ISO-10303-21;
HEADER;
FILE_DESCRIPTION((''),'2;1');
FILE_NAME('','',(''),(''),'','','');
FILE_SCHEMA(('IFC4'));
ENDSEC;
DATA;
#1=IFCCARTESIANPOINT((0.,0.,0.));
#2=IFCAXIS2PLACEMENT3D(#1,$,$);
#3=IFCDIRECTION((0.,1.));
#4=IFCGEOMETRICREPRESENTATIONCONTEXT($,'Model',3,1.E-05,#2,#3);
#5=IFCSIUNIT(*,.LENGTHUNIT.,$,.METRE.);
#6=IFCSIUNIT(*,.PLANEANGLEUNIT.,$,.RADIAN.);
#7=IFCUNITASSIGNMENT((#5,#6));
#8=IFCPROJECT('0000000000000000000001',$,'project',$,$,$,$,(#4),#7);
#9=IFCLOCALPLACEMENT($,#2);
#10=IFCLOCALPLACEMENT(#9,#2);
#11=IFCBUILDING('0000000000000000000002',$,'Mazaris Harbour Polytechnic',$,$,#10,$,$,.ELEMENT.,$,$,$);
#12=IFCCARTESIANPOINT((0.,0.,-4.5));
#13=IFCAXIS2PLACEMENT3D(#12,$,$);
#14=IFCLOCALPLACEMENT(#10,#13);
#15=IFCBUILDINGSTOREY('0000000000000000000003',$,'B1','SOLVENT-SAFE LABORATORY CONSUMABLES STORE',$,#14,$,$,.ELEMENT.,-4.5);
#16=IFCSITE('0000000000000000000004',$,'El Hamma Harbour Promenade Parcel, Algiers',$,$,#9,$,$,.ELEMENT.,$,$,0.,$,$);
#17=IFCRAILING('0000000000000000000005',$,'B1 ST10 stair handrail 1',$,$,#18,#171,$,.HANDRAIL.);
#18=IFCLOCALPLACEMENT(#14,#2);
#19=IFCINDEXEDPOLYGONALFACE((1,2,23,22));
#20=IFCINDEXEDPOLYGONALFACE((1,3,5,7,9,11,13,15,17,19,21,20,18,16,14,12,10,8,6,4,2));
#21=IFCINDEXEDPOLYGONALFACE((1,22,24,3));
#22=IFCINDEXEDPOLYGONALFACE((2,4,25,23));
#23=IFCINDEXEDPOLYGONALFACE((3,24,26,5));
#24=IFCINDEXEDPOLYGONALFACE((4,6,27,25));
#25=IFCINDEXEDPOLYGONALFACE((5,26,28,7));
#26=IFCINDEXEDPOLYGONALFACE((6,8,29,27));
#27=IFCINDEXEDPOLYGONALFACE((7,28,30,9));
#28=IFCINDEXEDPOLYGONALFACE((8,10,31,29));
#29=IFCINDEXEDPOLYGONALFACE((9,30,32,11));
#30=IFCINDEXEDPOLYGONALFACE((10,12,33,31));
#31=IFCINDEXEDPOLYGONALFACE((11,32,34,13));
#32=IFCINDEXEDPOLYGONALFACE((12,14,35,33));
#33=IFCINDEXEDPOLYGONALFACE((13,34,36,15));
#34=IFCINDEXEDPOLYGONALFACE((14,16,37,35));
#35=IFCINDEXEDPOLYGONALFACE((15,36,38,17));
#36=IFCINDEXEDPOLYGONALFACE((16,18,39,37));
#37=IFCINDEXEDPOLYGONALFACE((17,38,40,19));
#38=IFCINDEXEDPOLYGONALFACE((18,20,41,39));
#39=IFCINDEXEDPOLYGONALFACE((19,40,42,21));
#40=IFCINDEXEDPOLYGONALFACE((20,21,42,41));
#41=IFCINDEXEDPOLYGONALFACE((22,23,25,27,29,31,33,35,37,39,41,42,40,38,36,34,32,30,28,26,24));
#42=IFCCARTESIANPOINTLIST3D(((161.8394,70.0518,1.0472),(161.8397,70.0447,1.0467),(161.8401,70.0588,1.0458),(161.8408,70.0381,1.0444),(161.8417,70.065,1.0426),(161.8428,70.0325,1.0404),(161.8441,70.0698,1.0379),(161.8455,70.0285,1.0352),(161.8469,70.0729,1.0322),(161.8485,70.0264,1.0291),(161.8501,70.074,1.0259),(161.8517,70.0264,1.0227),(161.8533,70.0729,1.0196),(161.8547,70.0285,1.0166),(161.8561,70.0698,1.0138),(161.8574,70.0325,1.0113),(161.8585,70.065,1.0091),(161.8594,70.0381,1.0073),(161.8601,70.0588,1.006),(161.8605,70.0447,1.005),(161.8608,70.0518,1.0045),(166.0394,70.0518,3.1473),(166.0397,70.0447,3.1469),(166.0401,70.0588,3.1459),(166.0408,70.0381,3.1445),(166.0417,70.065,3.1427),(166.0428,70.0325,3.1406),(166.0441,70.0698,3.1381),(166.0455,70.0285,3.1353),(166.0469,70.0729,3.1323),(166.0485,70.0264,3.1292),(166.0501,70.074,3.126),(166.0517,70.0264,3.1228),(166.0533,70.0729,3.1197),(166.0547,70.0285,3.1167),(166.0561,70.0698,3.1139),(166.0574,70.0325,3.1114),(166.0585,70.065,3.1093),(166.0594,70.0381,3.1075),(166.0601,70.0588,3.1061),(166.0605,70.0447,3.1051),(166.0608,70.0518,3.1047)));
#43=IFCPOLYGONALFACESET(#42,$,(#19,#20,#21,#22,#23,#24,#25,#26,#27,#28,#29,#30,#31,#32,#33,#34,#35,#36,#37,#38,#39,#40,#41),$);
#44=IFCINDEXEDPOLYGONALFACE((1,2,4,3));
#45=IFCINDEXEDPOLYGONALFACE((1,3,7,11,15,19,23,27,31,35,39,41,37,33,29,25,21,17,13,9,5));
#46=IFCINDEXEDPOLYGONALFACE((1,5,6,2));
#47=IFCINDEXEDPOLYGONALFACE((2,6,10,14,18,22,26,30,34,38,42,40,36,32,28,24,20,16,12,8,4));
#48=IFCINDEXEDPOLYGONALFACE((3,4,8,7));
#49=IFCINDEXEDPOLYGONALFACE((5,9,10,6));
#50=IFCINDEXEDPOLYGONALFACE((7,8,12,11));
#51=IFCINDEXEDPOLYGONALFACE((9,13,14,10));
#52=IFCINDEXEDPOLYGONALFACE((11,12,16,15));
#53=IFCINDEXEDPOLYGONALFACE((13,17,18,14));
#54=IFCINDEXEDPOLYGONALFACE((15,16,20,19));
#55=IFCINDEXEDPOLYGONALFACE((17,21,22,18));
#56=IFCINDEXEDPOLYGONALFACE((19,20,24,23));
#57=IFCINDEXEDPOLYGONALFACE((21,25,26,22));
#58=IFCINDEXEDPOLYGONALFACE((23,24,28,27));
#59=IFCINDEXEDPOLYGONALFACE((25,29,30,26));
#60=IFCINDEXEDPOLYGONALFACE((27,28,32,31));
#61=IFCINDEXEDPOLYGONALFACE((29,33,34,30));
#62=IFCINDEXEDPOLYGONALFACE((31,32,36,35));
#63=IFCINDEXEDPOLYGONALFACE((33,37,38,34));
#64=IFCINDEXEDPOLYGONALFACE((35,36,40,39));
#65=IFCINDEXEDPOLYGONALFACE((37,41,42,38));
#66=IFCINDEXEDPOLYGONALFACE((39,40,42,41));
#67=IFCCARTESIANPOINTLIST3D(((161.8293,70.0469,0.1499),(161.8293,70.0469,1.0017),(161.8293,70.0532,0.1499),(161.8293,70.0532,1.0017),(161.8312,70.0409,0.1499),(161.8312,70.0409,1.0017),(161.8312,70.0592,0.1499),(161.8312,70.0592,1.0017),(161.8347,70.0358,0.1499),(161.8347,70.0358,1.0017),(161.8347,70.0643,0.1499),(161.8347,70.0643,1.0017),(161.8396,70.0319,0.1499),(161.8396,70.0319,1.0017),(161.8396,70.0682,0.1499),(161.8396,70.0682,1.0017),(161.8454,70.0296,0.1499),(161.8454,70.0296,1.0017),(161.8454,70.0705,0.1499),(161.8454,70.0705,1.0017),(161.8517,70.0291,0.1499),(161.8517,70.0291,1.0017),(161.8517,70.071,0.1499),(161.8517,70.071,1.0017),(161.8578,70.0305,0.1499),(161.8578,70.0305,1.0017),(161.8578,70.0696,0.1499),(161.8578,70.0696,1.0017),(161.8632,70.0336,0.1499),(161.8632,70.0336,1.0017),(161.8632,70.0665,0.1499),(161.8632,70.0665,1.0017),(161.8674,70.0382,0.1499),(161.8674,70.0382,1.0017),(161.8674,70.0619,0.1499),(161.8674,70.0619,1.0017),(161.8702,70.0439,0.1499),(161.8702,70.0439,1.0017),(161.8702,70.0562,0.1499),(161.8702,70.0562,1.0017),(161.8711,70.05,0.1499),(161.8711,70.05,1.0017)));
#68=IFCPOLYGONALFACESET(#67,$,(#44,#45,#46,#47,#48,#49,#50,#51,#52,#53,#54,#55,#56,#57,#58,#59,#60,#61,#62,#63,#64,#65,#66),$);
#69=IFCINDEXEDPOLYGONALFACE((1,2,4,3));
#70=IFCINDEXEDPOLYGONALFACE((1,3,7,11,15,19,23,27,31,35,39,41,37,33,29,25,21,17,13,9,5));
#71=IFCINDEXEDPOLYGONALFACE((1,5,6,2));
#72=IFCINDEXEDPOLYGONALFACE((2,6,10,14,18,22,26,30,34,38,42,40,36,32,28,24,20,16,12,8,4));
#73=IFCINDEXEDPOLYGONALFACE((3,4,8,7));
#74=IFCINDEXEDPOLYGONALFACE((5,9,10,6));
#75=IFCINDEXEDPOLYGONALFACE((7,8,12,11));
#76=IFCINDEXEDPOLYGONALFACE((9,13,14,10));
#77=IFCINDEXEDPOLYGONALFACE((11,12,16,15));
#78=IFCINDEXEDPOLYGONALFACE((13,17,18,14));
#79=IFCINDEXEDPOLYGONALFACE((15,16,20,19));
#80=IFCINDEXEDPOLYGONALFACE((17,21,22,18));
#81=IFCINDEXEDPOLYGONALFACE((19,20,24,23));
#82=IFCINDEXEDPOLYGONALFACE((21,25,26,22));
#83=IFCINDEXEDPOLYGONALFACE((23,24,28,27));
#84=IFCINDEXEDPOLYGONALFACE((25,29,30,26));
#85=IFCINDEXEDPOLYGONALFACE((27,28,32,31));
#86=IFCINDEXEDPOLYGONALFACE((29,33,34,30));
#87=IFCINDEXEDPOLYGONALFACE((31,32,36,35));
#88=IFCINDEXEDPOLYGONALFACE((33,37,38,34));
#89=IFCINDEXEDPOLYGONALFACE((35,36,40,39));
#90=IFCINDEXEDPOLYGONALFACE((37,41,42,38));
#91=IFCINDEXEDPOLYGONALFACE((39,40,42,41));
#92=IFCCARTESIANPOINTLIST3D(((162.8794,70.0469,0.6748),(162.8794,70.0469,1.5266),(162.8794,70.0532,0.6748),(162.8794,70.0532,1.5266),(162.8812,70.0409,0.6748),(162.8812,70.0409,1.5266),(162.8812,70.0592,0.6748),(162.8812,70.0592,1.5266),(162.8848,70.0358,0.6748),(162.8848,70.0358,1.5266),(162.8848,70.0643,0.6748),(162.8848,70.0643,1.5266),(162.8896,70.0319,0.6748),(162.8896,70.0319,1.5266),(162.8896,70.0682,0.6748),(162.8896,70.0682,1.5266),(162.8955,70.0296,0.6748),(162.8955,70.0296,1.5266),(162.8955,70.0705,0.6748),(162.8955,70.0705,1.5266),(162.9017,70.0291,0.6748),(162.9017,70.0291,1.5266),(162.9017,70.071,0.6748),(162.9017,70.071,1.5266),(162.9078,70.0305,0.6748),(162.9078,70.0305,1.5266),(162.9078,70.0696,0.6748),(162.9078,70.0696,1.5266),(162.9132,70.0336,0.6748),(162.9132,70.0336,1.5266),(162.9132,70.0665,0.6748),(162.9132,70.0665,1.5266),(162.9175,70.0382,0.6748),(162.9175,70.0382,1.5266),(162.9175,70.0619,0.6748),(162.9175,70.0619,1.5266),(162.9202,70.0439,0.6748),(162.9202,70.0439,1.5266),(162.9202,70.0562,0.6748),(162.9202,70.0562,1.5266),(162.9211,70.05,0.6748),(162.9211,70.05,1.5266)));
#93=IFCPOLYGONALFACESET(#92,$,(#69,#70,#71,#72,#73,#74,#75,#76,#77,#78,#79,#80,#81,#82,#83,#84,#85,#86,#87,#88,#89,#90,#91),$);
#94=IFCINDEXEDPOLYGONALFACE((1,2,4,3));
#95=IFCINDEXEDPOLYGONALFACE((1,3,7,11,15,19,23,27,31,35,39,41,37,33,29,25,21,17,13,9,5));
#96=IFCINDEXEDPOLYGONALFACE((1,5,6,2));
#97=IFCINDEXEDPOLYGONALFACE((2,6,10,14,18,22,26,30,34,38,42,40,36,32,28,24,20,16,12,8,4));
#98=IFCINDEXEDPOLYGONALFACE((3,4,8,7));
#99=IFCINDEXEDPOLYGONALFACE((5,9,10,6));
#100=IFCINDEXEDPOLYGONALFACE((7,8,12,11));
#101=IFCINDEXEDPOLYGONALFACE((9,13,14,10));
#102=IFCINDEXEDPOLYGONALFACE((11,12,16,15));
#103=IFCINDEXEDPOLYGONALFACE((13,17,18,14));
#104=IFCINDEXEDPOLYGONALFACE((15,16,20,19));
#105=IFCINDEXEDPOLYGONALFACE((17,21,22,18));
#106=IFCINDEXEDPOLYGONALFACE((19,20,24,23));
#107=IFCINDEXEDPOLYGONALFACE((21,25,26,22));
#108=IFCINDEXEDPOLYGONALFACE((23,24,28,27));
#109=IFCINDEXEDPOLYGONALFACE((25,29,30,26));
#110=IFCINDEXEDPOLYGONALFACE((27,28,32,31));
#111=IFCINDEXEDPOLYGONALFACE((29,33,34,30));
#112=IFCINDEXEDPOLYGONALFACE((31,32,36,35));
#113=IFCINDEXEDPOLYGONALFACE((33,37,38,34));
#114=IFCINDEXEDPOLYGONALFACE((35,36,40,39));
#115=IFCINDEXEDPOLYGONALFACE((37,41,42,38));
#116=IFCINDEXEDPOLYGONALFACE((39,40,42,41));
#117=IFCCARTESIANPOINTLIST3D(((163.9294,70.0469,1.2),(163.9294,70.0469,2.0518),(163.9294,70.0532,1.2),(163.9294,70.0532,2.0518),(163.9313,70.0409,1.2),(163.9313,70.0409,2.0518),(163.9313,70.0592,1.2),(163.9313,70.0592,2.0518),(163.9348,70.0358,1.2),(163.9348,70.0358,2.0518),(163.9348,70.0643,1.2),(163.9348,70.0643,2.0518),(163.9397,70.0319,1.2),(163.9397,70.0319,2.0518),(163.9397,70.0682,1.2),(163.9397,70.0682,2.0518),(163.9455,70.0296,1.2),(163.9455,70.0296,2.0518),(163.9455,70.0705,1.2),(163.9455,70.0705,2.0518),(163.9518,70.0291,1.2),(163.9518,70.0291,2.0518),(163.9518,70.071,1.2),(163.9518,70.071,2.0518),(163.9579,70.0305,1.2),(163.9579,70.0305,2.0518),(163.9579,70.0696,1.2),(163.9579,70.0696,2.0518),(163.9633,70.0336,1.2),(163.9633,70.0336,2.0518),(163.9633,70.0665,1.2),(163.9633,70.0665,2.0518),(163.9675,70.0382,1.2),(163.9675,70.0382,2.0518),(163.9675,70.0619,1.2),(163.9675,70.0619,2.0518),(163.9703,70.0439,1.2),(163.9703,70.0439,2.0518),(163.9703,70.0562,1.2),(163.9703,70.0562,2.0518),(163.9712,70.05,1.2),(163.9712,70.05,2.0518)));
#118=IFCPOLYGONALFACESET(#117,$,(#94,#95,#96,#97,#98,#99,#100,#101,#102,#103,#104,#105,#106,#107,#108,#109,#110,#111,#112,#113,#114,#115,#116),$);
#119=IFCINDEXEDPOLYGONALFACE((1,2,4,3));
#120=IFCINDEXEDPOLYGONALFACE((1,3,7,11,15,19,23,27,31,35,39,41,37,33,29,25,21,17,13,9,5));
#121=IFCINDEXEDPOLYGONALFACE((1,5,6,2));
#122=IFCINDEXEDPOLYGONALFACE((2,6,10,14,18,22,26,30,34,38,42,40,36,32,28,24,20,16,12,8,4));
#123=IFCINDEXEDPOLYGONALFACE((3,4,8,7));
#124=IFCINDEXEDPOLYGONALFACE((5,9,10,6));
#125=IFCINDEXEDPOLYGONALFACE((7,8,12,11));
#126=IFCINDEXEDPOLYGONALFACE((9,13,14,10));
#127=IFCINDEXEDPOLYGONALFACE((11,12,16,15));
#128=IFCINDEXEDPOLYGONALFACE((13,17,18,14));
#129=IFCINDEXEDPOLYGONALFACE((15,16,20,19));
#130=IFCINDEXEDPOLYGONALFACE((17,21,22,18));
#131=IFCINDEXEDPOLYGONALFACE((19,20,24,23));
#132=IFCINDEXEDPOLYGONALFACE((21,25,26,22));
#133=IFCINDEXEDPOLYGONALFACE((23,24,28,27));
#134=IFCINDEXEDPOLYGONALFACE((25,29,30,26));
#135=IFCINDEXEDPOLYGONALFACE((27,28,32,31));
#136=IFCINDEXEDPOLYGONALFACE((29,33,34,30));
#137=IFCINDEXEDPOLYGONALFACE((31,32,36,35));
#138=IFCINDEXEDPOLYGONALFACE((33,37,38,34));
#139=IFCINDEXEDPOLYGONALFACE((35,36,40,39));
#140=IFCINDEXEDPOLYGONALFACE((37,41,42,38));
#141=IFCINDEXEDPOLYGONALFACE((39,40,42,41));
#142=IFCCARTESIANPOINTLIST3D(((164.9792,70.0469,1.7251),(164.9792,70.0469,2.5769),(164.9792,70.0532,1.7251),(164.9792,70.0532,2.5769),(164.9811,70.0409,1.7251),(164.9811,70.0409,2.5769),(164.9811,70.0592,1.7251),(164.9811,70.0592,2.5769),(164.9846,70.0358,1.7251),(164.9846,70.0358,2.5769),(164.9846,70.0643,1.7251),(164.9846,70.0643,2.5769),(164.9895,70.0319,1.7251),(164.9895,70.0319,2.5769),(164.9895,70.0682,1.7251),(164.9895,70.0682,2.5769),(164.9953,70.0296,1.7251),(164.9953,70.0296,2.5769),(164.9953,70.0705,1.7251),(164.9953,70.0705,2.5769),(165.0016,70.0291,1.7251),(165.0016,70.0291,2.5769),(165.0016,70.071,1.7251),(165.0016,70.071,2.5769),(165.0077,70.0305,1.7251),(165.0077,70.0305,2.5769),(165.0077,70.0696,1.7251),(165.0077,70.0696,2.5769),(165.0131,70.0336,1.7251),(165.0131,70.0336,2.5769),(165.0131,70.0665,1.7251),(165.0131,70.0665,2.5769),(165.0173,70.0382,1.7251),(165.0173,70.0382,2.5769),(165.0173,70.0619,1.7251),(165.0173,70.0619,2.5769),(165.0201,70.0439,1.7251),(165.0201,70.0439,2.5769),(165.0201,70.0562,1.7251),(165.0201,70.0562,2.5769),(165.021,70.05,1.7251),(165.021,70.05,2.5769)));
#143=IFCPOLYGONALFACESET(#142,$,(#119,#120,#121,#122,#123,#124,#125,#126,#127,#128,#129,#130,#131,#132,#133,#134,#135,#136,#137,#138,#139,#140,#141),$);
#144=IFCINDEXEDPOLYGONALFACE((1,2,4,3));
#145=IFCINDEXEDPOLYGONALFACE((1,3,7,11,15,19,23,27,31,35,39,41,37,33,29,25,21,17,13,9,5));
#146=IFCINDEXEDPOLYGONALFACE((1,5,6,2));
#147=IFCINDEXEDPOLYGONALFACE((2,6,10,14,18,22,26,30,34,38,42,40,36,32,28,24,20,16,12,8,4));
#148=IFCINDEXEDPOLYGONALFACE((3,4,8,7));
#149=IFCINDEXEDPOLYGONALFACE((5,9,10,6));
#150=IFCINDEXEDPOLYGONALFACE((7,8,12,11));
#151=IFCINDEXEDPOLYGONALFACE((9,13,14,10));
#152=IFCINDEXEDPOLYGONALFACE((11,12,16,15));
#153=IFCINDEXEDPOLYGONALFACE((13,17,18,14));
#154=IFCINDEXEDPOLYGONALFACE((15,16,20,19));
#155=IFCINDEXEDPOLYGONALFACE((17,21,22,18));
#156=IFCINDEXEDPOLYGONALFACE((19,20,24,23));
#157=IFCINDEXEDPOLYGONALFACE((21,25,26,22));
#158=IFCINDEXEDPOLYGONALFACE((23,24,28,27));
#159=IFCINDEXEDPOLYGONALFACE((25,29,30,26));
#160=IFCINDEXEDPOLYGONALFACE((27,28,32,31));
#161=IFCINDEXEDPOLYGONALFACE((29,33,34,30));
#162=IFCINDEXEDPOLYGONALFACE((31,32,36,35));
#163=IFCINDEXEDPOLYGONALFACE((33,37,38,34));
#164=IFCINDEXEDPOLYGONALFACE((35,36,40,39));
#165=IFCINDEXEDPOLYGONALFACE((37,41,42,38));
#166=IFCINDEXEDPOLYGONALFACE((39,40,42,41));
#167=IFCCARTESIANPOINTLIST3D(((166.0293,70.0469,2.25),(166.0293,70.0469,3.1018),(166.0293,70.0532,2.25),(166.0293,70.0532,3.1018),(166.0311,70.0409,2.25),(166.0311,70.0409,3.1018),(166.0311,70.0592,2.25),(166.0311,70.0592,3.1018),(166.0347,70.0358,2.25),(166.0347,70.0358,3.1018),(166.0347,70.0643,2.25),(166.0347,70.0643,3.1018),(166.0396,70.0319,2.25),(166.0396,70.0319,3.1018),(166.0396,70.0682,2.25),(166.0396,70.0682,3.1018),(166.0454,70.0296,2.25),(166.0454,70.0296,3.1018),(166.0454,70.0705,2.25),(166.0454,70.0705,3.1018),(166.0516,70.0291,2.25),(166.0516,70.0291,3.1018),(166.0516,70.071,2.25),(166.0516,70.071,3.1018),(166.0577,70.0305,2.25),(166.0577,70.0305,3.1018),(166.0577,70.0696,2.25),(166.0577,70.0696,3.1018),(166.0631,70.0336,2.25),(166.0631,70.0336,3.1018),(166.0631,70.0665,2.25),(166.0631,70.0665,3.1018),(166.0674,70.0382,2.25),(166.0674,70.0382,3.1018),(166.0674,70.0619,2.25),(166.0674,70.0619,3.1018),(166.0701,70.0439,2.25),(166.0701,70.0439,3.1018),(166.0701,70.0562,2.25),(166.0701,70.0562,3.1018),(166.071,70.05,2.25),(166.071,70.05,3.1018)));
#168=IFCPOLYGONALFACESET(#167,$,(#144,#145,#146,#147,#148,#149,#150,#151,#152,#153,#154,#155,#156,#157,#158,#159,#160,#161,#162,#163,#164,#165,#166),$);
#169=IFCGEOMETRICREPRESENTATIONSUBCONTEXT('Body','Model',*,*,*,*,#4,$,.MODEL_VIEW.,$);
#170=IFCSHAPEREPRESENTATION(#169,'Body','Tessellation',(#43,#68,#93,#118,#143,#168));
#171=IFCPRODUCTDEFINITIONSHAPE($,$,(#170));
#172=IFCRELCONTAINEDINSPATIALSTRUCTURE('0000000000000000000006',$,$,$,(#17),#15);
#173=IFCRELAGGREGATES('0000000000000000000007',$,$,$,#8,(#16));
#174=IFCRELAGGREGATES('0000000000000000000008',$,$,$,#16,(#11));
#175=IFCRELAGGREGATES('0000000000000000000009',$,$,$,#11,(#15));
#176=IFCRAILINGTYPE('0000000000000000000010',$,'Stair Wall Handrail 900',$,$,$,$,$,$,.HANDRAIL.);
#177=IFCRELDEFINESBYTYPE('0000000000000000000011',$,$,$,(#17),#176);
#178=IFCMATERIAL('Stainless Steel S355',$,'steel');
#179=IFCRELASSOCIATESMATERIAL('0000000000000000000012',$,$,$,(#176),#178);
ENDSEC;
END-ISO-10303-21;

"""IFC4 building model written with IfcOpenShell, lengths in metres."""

from ifc_helpers import new_model, si_unit, direction, frame, origin, origin_2d, place, context, subcontext, project, spatial, circle, extrude, material, type_object, element, save


model = new_model("IFC4")

# Units and contexts
model_context = context("Model", 3, precision=1e-05, world=origin(), true_north=direction((0.0, 1.0)))
body_context = subcontext(model_context, "Body", "Model", "MODEL_VIEW")
ifc_project = project(units=[si_unit("LENGTHUNIT", "METRE"), si_unit("PLANEANGLEUNIT", "RADIAN")], contexts=[model_context])

# Site, building, storey
site_placement = place(None, origin())
site = spatial("IfcSite", under=ifc_project, at=site_placement, Name="El Hamma Harbour Promenade Parcel, Algiers", CompositionType="ELEMENT", RefElevation=0.0)
building_placement = place(site_placement, origin())
building = spatial("IfcBuilding", under=site, at=building_placement, Name="Mazaris Harbour Polytechnic", CompositionType="ELEMENT")
storey_placement = place(building_placement, frame((0.0, 0.0, -4.5)))
storey = spatial("IfcBuildingStorey", under=building, at=storey_placement, Name="B1", Description="SOLVENT-SAFE LABORATORY CONSUMABLES STORE", CompositionType="ELEMENT", Elevation=-4.5)

# Railing
ifc_material_1 = material(Name="Stainless Steel S355", Category="steel")
railing_type_1 = type_object("IfcRailingType", Name="Stair Wall Handrail 900", PredefinedType="HANDRAIL", material=ifc_material_1)
railing_1_placement = place(storey_placement, frame((161.8501, 70.05, 0.1499)))
element("IfcRailing", 1, at=railing_1_placement, inside=storey, type_object=railing_type_1, Name="B1 ST10 stair handrail 1", PredefinedType="HANDRAIL", context=body_context, shape_type="SweptSolid", body=[
    extrude(circle(Radius=0.0239, at=origin_2d()), frame((0.0, 0.0, 0.876), z_axis=(0.894417, 0.0, 0.447234), x_axis=(0.0, 1.0, 0.0)), (0.0, 0.0, 1.0), 4.6958),
    extrude(circle(Radius=0.021, at=origin_2d()), origin(), (0.0, 0.0, 1.0), 0.8518),
    extrude(circle(Radius=0.021, at=origin_2d()), frame((1.05, 0.0, 0.5249)), (0.0, 0.0, 1.0), 0.8518),
    extrude(circle(Radius=0.021, at=origin_2d()), frame((2.1001, 0.0, 1.05)), (0.0, 0.0, 1.0), 0.8518),
    extrude(circle(Radius=0.021, at=origin_2d()), frame((3.1499, 0.0, 1.5752)), (0.0, 0.0, 1.0), 0.8518),
    extrude(circle(Radius=0.021, at=origin_2d()), frame((4.2, 0.0, 2.1001)), (0.0, 0.0, 1.0), 0.8518),
])

save(model, "model.ifc")
